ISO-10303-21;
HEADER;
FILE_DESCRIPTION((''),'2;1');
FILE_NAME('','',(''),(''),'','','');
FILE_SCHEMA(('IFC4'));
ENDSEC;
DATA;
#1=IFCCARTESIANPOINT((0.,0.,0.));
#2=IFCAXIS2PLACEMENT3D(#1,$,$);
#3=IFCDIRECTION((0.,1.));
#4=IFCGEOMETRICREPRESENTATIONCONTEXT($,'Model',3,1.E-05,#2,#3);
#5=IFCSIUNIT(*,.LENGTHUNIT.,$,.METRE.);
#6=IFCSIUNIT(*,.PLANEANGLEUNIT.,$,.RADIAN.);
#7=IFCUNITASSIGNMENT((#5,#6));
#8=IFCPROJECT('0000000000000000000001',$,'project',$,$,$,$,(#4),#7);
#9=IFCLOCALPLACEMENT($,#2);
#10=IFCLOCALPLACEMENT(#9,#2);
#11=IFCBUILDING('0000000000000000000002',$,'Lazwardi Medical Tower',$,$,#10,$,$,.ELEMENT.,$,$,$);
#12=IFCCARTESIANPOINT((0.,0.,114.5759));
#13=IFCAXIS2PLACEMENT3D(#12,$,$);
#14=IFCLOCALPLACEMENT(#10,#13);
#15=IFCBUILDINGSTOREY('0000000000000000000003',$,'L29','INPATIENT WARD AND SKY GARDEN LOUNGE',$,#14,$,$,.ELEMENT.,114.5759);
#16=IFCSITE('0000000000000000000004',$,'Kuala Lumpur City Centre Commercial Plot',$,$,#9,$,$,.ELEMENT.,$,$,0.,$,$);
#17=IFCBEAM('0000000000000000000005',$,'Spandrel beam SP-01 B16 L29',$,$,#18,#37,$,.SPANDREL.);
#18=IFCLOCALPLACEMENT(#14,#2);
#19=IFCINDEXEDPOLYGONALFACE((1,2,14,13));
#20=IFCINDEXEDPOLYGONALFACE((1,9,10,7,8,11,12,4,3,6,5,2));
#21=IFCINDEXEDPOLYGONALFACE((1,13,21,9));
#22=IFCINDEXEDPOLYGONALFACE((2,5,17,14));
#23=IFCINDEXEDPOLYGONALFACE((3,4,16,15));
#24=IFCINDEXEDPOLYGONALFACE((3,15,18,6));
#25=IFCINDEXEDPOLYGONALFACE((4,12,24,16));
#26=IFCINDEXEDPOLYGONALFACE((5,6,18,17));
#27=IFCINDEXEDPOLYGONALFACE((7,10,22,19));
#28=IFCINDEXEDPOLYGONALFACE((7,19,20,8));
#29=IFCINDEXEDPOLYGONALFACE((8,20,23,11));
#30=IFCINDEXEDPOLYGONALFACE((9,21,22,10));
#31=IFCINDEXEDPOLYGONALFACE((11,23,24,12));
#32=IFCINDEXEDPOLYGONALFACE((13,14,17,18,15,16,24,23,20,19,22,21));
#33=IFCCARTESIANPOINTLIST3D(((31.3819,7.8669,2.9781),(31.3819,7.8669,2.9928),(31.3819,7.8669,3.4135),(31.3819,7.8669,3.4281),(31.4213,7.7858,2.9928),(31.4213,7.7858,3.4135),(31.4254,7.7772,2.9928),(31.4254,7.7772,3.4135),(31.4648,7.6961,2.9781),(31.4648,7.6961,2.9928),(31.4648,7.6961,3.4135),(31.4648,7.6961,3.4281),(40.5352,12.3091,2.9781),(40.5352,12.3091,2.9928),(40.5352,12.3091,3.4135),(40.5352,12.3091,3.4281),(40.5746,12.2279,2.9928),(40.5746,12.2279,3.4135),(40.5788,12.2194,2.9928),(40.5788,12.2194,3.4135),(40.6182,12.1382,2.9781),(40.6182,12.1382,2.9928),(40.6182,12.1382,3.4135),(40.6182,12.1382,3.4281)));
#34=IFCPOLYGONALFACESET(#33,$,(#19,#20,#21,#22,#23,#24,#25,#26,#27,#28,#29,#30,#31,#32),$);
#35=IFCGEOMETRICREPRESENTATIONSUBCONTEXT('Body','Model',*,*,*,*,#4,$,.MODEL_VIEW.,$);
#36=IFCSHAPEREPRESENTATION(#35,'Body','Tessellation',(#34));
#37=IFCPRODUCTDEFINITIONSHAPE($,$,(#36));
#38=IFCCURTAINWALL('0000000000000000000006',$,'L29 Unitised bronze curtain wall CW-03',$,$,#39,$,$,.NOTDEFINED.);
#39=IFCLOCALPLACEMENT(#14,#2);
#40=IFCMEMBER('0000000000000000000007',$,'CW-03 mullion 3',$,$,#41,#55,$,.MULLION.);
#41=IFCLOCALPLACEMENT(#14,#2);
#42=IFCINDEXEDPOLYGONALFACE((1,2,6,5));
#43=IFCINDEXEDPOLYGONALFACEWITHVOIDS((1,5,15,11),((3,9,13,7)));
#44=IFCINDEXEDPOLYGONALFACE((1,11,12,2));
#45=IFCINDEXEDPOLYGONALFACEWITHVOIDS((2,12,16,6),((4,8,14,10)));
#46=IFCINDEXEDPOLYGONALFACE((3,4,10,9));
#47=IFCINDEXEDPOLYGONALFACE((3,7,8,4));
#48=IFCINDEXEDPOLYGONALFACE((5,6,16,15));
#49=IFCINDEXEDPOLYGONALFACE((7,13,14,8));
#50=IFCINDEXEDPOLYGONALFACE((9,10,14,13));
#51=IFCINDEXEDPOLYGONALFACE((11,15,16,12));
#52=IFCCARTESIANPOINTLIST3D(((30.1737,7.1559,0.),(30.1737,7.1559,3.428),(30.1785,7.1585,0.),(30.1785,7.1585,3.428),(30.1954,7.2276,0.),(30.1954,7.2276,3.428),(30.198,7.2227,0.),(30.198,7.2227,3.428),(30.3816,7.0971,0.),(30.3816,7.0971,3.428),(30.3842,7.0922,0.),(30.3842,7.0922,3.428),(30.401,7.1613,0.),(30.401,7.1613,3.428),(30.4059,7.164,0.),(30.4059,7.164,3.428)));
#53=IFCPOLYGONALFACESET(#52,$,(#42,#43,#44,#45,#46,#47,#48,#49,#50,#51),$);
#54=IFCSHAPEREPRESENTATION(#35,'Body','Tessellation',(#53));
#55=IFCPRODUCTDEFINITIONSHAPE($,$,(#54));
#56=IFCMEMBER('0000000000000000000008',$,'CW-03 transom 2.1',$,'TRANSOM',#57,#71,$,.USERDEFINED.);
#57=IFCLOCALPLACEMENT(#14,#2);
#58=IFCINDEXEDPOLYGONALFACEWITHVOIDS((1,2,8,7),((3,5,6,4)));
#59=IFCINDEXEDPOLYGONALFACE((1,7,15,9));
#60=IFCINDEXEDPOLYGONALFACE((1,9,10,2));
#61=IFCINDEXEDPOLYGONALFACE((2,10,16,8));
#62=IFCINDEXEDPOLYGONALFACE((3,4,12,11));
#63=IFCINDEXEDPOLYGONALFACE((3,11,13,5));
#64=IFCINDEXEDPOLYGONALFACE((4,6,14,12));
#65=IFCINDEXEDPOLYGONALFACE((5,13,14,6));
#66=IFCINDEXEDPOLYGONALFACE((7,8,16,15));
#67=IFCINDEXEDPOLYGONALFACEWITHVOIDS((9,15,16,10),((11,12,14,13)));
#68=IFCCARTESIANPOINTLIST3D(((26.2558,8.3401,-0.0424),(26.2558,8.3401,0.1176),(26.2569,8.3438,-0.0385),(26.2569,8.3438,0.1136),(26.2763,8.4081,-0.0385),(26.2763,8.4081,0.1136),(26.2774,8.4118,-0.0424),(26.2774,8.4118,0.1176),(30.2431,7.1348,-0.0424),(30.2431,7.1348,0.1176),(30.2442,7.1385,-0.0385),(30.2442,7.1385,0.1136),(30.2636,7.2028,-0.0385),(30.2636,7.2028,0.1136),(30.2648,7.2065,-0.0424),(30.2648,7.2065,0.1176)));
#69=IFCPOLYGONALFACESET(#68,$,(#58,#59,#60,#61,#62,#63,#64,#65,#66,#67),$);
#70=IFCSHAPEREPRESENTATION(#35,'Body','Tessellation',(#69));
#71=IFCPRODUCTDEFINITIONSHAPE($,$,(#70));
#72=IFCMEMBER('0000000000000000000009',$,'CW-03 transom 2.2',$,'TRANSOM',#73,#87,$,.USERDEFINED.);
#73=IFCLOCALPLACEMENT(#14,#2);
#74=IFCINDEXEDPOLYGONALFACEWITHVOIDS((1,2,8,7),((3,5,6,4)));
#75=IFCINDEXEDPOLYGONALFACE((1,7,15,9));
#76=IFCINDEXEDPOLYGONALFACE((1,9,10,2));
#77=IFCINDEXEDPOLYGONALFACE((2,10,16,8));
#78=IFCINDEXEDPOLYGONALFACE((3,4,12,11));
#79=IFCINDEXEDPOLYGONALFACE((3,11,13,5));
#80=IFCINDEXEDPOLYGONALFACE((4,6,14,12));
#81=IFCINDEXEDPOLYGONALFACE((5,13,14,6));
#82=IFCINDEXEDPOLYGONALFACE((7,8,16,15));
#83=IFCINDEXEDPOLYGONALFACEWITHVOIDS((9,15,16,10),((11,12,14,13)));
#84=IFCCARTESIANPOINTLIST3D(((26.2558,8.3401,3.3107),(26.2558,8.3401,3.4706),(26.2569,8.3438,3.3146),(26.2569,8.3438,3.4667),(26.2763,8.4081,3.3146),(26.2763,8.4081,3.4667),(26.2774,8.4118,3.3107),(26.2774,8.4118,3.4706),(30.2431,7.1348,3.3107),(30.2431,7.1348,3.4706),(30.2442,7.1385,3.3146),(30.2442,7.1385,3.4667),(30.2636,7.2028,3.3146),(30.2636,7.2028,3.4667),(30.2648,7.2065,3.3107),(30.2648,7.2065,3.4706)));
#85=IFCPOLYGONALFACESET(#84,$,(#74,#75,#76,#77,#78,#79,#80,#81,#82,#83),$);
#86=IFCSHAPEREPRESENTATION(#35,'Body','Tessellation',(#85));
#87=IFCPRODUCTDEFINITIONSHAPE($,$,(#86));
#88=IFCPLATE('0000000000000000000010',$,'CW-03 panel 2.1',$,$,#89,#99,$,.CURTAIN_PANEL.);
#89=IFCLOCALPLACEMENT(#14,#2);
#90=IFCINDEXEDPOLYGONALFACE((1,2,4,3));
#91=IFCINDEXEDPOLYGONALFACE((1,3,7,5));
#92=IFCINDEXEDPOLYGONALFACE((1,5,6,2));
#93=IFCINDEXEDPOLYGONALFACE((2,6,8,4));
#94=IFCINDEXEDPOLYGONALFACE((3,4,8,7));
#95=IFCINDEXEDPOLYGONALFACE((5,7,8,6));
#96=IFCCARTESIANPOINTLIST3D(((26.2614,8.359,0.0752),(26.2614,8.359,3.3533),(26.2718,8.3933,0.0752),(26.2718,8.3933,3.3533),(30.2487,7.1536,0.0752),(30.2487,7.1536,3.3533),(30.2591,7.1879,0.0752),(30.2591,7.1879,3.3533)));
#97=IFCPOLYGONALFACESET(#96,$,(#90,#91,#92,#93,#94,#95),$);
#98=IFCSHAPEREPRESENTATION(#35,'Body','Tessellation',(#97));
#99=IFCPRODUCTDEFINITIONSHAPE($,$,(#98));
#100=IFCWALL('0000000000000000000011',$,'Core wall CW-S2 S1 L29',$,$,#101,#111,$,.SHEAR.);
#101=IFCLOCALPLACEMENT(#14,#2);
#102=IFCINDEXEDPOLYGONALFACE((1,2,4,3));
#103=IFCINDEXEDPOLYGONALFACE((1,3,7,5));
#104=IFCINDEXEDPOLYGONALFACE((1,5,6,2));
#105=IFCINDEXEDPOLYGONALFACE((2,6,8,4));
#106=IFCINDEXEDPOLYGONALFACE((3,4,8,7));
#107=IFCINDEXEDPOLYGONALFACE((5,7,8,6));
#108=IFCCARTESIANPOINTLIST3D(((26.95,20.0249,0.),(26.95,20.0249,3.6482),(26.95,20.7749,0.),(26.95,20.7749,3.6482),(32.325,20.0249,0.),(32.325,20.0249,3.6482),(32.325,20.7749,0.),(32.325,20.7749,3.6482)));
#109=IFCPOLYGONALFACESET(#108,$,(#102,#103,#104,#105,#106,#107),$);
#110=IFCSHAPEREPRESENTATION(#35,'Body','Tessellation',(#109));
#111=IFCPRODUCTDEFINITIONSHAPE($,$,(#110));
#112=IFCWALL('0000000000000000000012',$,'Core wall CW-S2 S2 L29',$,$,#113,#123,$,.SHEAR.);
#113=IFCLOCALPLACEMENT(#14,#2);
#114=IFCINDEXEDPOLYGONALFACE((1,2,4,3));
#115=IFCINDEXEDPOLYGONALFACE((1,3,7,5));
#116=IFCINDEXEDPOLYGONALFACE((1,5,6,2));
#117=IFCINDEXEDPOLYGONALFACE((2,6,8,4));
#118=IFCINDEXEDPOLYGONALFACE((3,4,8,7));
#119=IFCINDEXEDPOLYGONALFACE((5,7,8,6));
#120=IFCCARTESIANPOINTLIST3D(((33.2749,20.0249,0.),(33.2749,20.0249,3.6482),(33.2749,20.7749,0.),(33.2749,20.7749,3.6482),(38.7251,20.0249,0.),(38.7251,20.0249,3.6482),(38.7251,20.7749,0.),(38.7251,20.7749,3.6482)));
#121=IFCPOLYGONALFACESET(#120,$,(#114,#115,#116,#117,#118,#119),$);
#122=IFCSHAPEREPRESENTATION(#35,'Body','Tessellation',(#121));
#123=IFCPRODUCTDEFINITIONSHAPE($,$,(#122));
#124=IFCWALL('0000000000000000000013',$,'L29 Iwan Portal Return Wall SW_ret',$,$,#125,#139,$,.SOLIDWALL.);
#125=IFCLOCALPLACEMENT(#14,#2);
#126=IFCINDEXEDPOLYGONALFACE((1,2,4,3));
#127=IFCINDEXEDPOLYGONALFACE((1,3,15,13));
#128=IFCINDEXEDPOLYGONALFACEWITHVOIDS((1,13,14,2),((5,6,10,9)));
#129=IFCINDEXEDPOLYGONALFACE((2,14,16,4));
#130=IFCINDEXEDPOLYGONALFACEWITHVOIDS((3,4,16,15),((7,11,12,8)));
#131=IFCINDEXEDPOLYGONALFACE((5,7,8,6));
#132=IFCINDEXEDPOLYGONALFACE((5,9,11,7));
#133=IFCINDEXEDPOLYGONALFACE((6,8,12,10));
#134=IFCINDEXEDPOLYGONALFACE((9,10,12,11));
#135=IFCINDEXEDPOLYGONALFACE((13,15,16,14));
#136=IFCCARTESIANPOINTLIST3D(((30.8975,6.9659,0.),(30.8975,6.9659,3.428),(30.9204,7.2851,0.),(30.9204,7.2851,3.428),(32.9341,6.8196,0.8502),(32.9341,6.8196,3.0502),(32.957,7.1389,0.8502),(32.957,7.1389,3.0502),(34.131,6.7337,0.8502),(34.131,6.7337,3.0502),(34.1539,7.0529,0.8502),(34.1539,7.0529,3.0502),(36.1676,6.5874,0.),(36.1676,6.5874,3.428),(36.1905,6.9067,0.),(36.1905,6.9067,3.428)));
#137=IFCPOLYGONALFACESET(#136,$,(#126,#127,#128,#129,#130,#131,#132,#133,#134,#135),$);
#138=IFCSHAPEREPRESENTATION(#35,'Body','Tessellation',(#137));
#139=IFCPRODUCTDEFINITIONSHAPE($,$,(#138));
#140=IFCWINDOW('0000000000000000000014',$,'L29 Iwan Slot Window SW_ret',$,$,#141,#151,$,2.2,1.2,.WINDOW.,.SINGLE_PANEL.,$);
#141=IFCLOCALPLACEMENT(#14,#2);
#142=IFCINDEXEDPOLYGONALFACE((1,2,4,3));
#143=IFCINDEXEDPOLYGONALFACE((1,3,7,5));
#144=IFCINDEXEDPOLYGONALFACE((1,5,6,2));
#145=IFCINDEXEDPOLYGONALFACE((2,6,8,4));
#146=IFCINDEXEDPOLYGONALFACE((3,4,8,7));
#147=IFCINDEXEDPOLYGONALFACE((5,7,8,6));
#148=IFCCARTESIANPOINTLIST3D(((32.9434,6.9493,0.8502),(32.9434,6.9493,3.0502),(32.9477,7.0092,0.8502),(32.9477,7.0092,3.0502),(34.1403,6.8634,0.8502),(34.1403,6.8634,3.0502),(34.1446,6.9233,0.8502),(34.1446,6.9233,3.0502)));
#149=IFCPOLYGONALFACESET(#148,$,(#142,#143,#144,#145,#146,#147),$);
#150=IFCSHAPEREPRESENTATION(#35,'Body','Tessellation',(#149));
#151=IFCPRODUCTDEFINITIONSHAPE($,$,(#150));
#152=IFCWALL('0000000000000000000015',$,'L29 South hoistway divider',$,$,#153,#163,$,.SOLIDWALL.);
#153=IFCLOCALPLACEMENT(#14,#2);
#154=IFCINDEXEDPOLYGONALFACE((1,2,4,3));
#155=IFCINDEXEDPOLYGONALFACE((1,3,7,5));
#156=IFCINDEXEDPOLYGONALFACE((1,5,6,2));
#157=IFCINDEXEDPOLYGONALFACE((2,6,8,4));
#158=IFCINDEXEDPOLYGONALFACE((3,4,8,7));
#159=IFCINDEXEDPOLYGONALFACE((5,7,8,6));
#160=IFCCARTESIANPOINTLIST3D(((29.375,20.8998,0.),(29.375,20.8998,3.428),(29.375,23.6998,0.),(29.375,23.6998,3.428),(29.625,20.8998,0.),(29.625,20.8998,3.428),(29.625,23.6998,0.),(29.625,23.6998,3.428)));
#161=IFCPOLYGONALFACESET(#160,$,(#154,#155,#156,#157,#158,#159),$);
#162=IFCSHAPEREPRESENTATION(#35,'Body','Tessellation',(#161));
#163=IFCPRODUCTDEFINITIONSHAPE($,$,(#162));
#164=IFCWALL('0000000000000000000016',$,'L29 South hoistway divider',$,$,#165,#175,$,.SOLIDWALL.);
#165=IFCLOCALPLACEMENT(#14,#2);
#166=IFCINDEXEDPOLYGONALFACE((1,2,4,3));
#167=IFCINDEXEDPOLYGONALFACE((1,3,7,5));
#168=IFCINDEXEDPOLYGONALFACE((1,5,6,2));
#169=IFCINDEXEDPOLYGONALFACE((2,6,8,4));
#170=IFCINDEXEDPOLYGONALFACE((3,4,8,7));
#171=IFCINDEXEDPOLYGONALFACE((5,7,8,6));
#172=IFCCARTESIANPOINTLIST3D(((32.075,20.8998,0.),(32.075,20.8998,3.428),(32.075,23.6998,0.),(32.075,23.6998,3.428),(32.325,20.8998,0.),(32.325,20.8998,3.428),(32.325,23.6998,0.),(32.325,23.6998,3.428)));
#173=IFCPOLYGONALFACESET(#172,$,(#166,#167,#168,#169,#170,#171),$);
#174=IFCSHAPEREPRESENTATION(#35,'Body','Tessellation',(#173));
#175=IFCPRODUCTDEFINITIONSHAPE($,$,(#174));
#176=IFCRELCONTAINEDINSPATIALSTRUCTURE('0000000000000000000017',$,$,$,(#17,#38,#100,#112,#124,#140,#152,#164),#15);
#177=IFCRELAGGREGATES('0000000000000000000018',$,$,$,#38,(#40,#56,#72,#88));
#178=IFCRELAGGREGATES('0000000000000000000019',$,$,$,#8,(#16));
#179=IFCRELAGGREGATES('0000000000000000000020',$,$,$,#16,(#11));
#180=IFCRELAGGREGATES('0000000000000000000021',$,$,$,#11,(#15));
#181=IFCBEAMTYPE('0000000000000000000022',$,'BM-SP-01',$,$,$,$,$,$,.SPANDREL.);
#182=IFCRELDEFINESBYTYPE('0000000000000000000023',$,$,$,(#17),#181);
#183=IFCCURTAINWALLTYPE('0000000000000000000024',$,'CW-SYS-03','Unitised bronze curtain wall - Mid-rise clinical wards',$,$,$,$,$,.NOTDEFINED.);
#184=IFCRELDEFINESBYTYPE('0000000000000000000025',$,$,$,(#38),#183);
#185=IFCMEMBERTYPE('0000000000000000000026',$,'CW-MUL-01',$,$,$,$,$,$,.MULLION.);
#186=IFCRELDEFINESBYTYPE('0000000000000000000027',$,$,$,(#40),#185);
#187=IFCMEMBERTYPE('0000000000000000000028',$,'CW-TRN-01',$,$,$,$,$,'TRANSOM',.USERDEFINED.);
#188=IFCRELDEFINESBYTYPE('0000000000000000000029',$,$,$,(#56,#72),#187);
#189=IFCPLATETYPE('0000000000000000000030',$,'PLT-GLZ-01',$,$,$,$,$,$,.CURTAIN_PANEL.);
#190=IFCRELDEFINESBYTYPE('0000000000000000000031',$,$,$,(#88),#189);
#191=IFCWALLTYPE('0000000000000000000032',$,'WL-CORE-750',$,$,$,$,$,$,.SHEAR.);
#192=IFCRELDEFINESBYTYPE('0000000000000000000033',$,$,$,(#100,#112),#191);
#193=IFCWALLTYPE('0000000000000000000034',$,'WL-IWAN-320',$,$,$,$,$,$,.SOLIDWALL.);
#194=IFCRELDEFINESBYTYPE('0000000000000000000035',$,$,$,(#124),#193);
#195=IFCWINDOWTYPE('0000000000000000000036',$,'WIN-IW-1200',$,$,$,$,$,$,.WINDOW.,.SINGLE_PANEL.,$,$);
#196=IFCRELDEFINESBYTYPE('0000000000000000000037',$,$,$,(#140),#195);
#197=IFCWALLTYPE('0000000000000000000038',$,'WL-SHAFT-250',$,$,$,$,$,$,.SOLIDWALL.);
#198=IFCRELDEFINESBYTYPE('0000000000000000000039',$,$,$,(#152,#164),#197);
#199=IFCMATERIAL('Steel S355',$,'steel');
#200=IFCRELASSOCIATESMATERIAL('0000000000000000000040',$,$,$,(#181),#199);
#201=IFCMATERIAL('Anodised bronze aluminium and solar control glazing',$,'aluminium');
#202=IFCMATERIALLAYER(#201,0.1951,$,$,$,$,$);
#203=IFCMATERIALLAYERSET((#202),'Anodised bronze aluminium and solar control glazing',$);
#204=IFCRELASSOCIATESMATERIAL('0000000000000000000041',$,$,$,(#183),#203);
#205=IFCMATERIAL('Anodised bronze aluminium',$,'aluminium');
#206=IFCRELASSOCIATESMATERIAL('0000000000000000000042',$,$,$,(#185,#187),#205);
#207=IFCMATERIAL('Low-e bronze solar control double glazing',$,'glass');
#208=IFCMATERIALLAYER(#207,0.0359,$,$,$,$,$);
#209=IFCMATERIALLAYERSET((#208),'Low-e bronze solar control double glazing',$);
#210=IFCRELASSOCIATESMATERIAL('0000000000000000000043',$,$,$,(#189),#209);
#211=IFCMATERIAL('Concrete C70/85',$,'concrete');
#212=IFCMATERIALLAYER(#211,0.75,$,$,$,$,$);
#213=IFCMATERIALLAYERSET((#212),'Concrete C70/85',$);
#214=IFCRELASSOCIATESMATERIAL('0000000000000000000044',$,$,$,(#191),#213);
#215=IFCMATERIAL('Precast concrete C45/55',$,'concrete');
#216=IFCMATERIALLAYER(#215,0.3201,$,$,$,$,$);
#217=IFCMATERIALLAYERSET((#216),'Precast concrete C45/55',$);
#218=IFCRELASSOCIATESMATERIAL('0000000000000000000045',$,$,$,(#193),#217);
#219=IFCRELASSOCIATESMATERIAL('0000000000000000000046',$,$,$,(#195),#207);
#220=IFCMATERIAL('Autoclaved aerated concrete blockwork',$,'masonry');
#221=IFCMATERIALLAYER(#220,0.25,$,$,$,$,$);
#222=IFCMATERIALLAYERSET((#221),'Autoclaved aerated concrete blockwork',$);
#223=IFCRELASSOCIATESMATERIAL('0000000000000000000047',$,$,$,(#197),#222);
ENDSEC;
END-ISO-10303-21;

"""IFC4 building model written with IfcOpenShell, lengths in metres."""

from ifc_helpers import new_model, si_unit, direction, frame, frame_2d, origin, origin_2d, place, context, subcontext, project, spatial, rectangle, hollow_rectangle, i_section, extrude, material, layer, layer_set, material_profile, profile_set, type_object, element, fill, aggregate, save


model = new_model("IFC4")

# Units and contexts
model_context = context("Model", 3, precision=1e-05, world=origin(), true_north=direction((0.0, 1.0)))
body_context = subcontext(model_context, "Body", "Model", "MODEL_VIEW")
ifc_project = project(units=[si_unit("LENGTHUNIT", "METRE"), si_unit("PLANEANGLEUNIT", "RADIAN")], contexts=[model_context])

# Site, building, storey
site_placement = place(None, origin())
site = spatial("IfcSite", under=ifc_project, at=site_placement, Name="Kuala Lumpur City Centre Commercial Plot", CompositionType="ELEMENT", RefElevation=0.0)
building_placement = place(site_placement, origin())
building = spatial("IfcBuilding", under=site, at=building_placement, Name="Lazwardi Medical Tower", CompositionType="ELEMENT")
storey_placement = place(building_placement, frame((0.0, 0.0, 114.5759)))
storey = spatial("IfcBuildingStorey", under=building, at=storey_placement, Name="L29", Description="INPATIENT WARD AND SKY GARDEN LOUNGE", CompositionType="ELEMENT", Elevation=114.5759)

# Shared definitions
ifc_material_1 = material(Name="Concrete C70/85", Category="concrete")

# Beam
ifc_material_2 = material(Name="Steel S355", Category="steel")
ifc_material_profile_1 = material_profile(ifc_material_2, i_section(OverallWidth=0.1899, OverallDepth=0.45, WebThickness=0.0095, FlangeThickness=0.0146, at=origin_2d()), Name="IPE 450")
ifc_profile_set_1 = profile_set([ifc_material_profile_1], Name="Steel S355")
beam_type_1 = type_object("IfcBeamType", Name="BM-SP-01", PredefinedType="SPANDREL", material=ifc_profile_set_1)
beam_1_placement = place(storey_placement, frame((31.4233, 7.7815, 3.2031), z_axis=(0.899653, 0.436605, 0.0), x_axis=(-0.436605, 0.899653, 0.0)))
element("IfcBeam", 1, at=beam_1_placement, inside=storey, type_object=beam_type_1, Name="Spandrel beam SP-01 B16 L29", PredefinedType="SPANDREL", context=body_context, shape_type="SweptSolid", body=[
    extrude(i_section(OverallWidth=0.1899, OverallDepth=0.45, WebThickness=0.0095, FlangeThickness=0.0146, at=origin_2d()), origin(), (0.0, 0.0, 1.0), 10.1743),
])

# Curtain wall, members, plate
ifc_material_3 = material(Name="Anodised bronze aluminium and solar control glazing", Category="aluminium")
ifc_layer_1 = layer(ifc_material_3, 0.1951)
ifc_layer_set_1 = layer_set([ifc_layer_1], Name="Anodised bronze aluminium and solar control glazing")
curtain_wall_type = type_object("IfcCurtainWallType", Name="CW-SYS-03", Description="Unitised bronze curtain wall - Mid-rise clinical wards", PredefinedType="NOTDEFINED", material=ifc_layer_set_1)
curtain_wall_placement = place(storey_placement, origin())
curtain_wall = element("IfcCurtainWall", 2, at=curtain_wall_placement, inside=storey, type_object=curtain_wall_type, Name="L29 Unitised bronze curtain wall CW-03", PredefinedType="NOTDEFINED")
ifc_material_4 = material(Name="Anodised bronze aluminium", Category="aluminium")
ifc_material_profile_2 = material_profile(ifc_material_4, hollow_rectangle(XDim=0.075, YDim=0.22, WallThickness=0.0039, at=origin_2d()), Name="ALU-MULLION 220x75x4")
ifc_profile_set_2 = profile_set([ifc_material_profile_2], Name="Anodised bronze aluminium")
member_type_1 = type_object("IfcMemberType", Name="CW-MUL-01", PredefinedType="MULLION", material=ifc_profile_set_2)
member_1_placement = place(storey_placement, frame((30.2898, 7.1599, 0.0), z_axis=(0.0, 0.0, 1.0), x_axis=(0.289374, 0.957216, 0.0)))
member_1 = element("IfcMember", 3, at=member_1_placement, type_object=member_type_1, Name="CW-03 mullion 3", PredefinedType="MULLION", context=body_context, shape_type="SweptSolid", body=[
    extrude(hollow_rectangle(XDim=0.075, YDim=0.22, WallThickness=0.0039, at=origin_2d()), origin(), (0.0, 0.0, 1.0), 3.428),
])
ifc_material_profile_3 = material_profile(ifc_material_4, hollow_rectangle(XDim=0.075, YDim=0.1599, WallThickness=0.0039, at=origin_2d()), Name="ALU-TRANSOM 160x75x4")
ifc_profile_set_3 = profile_set([ifc_material_profile_3], Name="Anodised bronze aluminium")
member_type_2 = type_object("IfcMemberType", Name="CW-TRN-01", ElementType="TRANSOM", PredefinedType="USERDEFINED", material=ifc_profile_set_3)
member_2_placement = place(storey_placement, frame((26.2666, 8.376, 0.0376), z_axis=(0.957221, -0.289358, 0.0), x_axis=(0.289358, 0.957221, 0.0)))
member_2 = element("IfcMember", 4, at=member_2_placement, type_object=member_type_2, Name="CW-03 transom 2.1", ObjectType="TRANSOM", PredefinedType="USERDEFINED", context=body_context, shape_type="SweptSolid", body=[
    extrude(hollow_rectangle(XDim=0.075, YDim=0.1599, WallThickness=0.0039, at=origin_2d()), origin(), (0.0, 0.0, 1.0), 4.1655),
])
member_3_placement = place(storey_placement, frame((26.2666, 8.376, 3.3906), z_axis=(0.957221, -0.289358, 0.0), x_axis=(0.289358, 0.957221, 0.0)))
member_3 = element("IfcMember", 5, at=member_3_placement, type_object=member_type_2, Name="CW-03 transom 2.2", ObjectType="TRANSOM", PredefinedType="USERDEFINED", context=body_context, shape_type="SweptSolid", body=[
    extrude(hollow_rectangle(XDim=0.075, YDim=0.1599, WallThickness=0.0039, at=origin_2d()), origin(), (0.0, 0.0, 1.0), 4.1655),
])
ifc_material_5 = material(Name="Low-e bronze solar control double glazing", Category="glass")
ifc_layer_2 = layer(ifc_material_5, 0.0359)
ifc_layer_set_2 = layer_set([ifc_layer_2], Name="Low-e bronze solar control double glazing")
plate_type = type_object("IfcPlateType", Name="PLT-GLZ-01", PredefinedType="CURTAIN_PANEL", material=ifc_layer_set_2)
plate_placement = place(storey_placement, frame((28.2603, 7.7734, 0.0752), z_axis=(0.0, 0.0, 1.0), x_axis=(0.957216, -0.289374, 0.0)))
plate = element("IfcPlate", 6, at=plate_placement, type_object=plate_type, Name="CW-03 panel 2.1", PredefinedType="CURTAIN_PANEL", context=body_context, shape_type="SweptSolid", body=[
    extrude(rectangle(XDim=4.1655, YDim=0.0359, at=origin_2d()), origin(), (0.0, 0.0, 1.0), 3.2781),
])
aggregate(curtain_wall, [member_1, member_2, member_3, plate])

# Shared definitions
ifc_layer_3 = layer(ifc_material_1, 0.75)
ifc_layer_set_3 = layer_set([ifc_layer_3], Name="Concrete C70/85")
wall_type_1 = type_object("IfcWallType", Name="WL-CORE-750", PredefinedType="SHEAR", material=ifc_layer_set_3)

# Walls
wall_1_placement = place(storey_placement, frame((26.95, 20.3999, 0.0), z_axis=(0.0, 0.0, 1.0), x_axis=(1.0, 0.0, 0.0)))
element("IfcWall", 7, at=wall_1_placement, inside=storey, type_object=wall_type_1, Name="Core wall CW-S2 S1 L29", PredefinedType="SHEAR", context=body_context, shape_type="SweptSolid", body=[
    extrude(rectangle(XDim=5.375, YDim=0.75, at=frame_2d((2.6875, 0.0))), origin(), (0.0, 0.0, 1.0), 3.6482),
])
wall_2_placement = place(storey_placement, frame((33.2749, 20.3999, 0.0), z_axis=(0.0, 0.0, 1.0), x_axis=(1.0, 0.0, 0.0)))
element("IfcWall", 8, at=wall_2_placement, inside=storey, type_object=wall_type_1, Name="Core wall CW-S2 S2 L29", PredefinedType="SHEAR", context=body_context, shape_type="SweptSolid", body=[
    extrude(rectangle(XDim=5.4502, YDim=0.75, at=frame_2d((2.7251, 0.0))), origin(), (0.0, 0.0, 1.0), 3.6482),
])

# Wall, opening, window
ifc_material_6 = material(Name="Precast concrete C45/55", Category="concrete")
ifc_layer_4 = layer(ifc_material_6, 0.3201)
ifc_layer_set_4 = layer_set([ifc_layer_4], Name="Precast concrete C45/55")
wall_type_2 = type_object("IfcWallType", Name="WL-IWAN-320", PredefinedType="SOLIDWALL", material=ifc_layer_set_4)
wall_3_placement = place(storey_placement, frame((30.9089, 7.1255, 0.0), z_axis=(0.0, 0.0, 1.0), x_axis=(0.997432, -0.071621, 0.0)))
wall_3 = element("IfcWall", 9, at=wall_3_placement, inside=storey, type_object=wall_type_2, Name="L29 Iwan Portal Return Wall SW_ret", PredefinedType="SOLIDWALL", context=body_context, shape_type="SweptSolid", body=[
    extrude(rectangle(XDim=5.2837, YDim=0.3201, at=frame_2d((2.6418, 0.0))), origin(), (0.0, 0.0, 1.0), 3.428),
])
opening_1_placement = place(wall_3_placement, frame((2.0417, 0.0, 0.8501)))
opening_1 = element("IfcOpeningElement", 10, at=opening_1_placement, cuts=wall_3, PredefinedType="OPENING", context=body_context, shape_type="SweptSolid", body=[
    extrude(rectangle(XDim=1.2, YDim=2.2, at=frame_2d((0.6001, 1.1001))), frame((0.0, 0.1699, 0.0), z_axis=(0.0, -1.0, 0.0), x_axis=(1.0, 0.0, 0.0)), (0.0, 0.0, 1.0), 0.3401),
])
window_type = type_object("IfcWindowType", Name="WIN-IW-1200", PartitioningType="SINGLE_PANEL", PredefinedType="WINDOW", material=ifc_material_5)
window_placement = place(opening_1_placement, origin())
window = element("IfcWindow", 11, at=window_placement, inside=storey, type_object=window_type, Name="L29 Iwan Slot Window SW_ret", OverallHeight=2.2, OverallWidth=1.2, PartitioningType="SINGLE_PANEL", PredefinedType="WINDOW", context=body_context, shape_type="SweptSolid", body=[
    extrude(rectangle(XDim=1.2, YDim=2.2, at=frame_2d((0.6001, 1.1001))), frame((0.0, 0.03, 0.0), z_axis=(0.0, -1.0, 0.0), x_axis=(1.0, 0.0, 0.0)), (0.0, 0.0, 1.0), 0.0601),
])
fill(opening_1, window)

# Walls
ifc_material_7 = material(Name="Autoclaved aerated concrete blockwork", Category="masonry")
ifc_layer_5 = layer(ifc_material_7, 0.25)
ifc_layer_set_5 = layer_set([ifc_layer_5], Name="Autoclaved aerated concrete blockwork")
wall_type_3 = type_object("IfcWallType", Name="WL-SHAFT-250", PredefinedType="SOLIDWALL", material=ifc_layer_set_5)
for number, where, z_axis, x_axis, name in (
    (12, (29.5, 20.8999, 0.0), (0.0, 0.0, 1.0), (0.0, 1.0, 0.0), "L29 South hoistway divider"),
    (13, (32.2, 20.8999, 0.0), (0.0, 0.0, 1.0), (0.0, 1.0, 0.0), "L29 South hoistway divider"),
):
    element("IfcWall", number, at=place(storey_placement, frame(where, z_axis=z_axis, x_axis=x_axis)), inside=storey, type_object=wall_type_3, Name=name, PredefinedType="SOLIDWALL", context=body_context, shape_type="SweptSolid", body=[
        extrude(rectangle(XDim=2.8, YDim=0.25, at=frame_2d((1.3999, 0.0))), origin(), (0.0, 0.0, 1.0), 3.428),
    ])

save(model, "model.ifc")
